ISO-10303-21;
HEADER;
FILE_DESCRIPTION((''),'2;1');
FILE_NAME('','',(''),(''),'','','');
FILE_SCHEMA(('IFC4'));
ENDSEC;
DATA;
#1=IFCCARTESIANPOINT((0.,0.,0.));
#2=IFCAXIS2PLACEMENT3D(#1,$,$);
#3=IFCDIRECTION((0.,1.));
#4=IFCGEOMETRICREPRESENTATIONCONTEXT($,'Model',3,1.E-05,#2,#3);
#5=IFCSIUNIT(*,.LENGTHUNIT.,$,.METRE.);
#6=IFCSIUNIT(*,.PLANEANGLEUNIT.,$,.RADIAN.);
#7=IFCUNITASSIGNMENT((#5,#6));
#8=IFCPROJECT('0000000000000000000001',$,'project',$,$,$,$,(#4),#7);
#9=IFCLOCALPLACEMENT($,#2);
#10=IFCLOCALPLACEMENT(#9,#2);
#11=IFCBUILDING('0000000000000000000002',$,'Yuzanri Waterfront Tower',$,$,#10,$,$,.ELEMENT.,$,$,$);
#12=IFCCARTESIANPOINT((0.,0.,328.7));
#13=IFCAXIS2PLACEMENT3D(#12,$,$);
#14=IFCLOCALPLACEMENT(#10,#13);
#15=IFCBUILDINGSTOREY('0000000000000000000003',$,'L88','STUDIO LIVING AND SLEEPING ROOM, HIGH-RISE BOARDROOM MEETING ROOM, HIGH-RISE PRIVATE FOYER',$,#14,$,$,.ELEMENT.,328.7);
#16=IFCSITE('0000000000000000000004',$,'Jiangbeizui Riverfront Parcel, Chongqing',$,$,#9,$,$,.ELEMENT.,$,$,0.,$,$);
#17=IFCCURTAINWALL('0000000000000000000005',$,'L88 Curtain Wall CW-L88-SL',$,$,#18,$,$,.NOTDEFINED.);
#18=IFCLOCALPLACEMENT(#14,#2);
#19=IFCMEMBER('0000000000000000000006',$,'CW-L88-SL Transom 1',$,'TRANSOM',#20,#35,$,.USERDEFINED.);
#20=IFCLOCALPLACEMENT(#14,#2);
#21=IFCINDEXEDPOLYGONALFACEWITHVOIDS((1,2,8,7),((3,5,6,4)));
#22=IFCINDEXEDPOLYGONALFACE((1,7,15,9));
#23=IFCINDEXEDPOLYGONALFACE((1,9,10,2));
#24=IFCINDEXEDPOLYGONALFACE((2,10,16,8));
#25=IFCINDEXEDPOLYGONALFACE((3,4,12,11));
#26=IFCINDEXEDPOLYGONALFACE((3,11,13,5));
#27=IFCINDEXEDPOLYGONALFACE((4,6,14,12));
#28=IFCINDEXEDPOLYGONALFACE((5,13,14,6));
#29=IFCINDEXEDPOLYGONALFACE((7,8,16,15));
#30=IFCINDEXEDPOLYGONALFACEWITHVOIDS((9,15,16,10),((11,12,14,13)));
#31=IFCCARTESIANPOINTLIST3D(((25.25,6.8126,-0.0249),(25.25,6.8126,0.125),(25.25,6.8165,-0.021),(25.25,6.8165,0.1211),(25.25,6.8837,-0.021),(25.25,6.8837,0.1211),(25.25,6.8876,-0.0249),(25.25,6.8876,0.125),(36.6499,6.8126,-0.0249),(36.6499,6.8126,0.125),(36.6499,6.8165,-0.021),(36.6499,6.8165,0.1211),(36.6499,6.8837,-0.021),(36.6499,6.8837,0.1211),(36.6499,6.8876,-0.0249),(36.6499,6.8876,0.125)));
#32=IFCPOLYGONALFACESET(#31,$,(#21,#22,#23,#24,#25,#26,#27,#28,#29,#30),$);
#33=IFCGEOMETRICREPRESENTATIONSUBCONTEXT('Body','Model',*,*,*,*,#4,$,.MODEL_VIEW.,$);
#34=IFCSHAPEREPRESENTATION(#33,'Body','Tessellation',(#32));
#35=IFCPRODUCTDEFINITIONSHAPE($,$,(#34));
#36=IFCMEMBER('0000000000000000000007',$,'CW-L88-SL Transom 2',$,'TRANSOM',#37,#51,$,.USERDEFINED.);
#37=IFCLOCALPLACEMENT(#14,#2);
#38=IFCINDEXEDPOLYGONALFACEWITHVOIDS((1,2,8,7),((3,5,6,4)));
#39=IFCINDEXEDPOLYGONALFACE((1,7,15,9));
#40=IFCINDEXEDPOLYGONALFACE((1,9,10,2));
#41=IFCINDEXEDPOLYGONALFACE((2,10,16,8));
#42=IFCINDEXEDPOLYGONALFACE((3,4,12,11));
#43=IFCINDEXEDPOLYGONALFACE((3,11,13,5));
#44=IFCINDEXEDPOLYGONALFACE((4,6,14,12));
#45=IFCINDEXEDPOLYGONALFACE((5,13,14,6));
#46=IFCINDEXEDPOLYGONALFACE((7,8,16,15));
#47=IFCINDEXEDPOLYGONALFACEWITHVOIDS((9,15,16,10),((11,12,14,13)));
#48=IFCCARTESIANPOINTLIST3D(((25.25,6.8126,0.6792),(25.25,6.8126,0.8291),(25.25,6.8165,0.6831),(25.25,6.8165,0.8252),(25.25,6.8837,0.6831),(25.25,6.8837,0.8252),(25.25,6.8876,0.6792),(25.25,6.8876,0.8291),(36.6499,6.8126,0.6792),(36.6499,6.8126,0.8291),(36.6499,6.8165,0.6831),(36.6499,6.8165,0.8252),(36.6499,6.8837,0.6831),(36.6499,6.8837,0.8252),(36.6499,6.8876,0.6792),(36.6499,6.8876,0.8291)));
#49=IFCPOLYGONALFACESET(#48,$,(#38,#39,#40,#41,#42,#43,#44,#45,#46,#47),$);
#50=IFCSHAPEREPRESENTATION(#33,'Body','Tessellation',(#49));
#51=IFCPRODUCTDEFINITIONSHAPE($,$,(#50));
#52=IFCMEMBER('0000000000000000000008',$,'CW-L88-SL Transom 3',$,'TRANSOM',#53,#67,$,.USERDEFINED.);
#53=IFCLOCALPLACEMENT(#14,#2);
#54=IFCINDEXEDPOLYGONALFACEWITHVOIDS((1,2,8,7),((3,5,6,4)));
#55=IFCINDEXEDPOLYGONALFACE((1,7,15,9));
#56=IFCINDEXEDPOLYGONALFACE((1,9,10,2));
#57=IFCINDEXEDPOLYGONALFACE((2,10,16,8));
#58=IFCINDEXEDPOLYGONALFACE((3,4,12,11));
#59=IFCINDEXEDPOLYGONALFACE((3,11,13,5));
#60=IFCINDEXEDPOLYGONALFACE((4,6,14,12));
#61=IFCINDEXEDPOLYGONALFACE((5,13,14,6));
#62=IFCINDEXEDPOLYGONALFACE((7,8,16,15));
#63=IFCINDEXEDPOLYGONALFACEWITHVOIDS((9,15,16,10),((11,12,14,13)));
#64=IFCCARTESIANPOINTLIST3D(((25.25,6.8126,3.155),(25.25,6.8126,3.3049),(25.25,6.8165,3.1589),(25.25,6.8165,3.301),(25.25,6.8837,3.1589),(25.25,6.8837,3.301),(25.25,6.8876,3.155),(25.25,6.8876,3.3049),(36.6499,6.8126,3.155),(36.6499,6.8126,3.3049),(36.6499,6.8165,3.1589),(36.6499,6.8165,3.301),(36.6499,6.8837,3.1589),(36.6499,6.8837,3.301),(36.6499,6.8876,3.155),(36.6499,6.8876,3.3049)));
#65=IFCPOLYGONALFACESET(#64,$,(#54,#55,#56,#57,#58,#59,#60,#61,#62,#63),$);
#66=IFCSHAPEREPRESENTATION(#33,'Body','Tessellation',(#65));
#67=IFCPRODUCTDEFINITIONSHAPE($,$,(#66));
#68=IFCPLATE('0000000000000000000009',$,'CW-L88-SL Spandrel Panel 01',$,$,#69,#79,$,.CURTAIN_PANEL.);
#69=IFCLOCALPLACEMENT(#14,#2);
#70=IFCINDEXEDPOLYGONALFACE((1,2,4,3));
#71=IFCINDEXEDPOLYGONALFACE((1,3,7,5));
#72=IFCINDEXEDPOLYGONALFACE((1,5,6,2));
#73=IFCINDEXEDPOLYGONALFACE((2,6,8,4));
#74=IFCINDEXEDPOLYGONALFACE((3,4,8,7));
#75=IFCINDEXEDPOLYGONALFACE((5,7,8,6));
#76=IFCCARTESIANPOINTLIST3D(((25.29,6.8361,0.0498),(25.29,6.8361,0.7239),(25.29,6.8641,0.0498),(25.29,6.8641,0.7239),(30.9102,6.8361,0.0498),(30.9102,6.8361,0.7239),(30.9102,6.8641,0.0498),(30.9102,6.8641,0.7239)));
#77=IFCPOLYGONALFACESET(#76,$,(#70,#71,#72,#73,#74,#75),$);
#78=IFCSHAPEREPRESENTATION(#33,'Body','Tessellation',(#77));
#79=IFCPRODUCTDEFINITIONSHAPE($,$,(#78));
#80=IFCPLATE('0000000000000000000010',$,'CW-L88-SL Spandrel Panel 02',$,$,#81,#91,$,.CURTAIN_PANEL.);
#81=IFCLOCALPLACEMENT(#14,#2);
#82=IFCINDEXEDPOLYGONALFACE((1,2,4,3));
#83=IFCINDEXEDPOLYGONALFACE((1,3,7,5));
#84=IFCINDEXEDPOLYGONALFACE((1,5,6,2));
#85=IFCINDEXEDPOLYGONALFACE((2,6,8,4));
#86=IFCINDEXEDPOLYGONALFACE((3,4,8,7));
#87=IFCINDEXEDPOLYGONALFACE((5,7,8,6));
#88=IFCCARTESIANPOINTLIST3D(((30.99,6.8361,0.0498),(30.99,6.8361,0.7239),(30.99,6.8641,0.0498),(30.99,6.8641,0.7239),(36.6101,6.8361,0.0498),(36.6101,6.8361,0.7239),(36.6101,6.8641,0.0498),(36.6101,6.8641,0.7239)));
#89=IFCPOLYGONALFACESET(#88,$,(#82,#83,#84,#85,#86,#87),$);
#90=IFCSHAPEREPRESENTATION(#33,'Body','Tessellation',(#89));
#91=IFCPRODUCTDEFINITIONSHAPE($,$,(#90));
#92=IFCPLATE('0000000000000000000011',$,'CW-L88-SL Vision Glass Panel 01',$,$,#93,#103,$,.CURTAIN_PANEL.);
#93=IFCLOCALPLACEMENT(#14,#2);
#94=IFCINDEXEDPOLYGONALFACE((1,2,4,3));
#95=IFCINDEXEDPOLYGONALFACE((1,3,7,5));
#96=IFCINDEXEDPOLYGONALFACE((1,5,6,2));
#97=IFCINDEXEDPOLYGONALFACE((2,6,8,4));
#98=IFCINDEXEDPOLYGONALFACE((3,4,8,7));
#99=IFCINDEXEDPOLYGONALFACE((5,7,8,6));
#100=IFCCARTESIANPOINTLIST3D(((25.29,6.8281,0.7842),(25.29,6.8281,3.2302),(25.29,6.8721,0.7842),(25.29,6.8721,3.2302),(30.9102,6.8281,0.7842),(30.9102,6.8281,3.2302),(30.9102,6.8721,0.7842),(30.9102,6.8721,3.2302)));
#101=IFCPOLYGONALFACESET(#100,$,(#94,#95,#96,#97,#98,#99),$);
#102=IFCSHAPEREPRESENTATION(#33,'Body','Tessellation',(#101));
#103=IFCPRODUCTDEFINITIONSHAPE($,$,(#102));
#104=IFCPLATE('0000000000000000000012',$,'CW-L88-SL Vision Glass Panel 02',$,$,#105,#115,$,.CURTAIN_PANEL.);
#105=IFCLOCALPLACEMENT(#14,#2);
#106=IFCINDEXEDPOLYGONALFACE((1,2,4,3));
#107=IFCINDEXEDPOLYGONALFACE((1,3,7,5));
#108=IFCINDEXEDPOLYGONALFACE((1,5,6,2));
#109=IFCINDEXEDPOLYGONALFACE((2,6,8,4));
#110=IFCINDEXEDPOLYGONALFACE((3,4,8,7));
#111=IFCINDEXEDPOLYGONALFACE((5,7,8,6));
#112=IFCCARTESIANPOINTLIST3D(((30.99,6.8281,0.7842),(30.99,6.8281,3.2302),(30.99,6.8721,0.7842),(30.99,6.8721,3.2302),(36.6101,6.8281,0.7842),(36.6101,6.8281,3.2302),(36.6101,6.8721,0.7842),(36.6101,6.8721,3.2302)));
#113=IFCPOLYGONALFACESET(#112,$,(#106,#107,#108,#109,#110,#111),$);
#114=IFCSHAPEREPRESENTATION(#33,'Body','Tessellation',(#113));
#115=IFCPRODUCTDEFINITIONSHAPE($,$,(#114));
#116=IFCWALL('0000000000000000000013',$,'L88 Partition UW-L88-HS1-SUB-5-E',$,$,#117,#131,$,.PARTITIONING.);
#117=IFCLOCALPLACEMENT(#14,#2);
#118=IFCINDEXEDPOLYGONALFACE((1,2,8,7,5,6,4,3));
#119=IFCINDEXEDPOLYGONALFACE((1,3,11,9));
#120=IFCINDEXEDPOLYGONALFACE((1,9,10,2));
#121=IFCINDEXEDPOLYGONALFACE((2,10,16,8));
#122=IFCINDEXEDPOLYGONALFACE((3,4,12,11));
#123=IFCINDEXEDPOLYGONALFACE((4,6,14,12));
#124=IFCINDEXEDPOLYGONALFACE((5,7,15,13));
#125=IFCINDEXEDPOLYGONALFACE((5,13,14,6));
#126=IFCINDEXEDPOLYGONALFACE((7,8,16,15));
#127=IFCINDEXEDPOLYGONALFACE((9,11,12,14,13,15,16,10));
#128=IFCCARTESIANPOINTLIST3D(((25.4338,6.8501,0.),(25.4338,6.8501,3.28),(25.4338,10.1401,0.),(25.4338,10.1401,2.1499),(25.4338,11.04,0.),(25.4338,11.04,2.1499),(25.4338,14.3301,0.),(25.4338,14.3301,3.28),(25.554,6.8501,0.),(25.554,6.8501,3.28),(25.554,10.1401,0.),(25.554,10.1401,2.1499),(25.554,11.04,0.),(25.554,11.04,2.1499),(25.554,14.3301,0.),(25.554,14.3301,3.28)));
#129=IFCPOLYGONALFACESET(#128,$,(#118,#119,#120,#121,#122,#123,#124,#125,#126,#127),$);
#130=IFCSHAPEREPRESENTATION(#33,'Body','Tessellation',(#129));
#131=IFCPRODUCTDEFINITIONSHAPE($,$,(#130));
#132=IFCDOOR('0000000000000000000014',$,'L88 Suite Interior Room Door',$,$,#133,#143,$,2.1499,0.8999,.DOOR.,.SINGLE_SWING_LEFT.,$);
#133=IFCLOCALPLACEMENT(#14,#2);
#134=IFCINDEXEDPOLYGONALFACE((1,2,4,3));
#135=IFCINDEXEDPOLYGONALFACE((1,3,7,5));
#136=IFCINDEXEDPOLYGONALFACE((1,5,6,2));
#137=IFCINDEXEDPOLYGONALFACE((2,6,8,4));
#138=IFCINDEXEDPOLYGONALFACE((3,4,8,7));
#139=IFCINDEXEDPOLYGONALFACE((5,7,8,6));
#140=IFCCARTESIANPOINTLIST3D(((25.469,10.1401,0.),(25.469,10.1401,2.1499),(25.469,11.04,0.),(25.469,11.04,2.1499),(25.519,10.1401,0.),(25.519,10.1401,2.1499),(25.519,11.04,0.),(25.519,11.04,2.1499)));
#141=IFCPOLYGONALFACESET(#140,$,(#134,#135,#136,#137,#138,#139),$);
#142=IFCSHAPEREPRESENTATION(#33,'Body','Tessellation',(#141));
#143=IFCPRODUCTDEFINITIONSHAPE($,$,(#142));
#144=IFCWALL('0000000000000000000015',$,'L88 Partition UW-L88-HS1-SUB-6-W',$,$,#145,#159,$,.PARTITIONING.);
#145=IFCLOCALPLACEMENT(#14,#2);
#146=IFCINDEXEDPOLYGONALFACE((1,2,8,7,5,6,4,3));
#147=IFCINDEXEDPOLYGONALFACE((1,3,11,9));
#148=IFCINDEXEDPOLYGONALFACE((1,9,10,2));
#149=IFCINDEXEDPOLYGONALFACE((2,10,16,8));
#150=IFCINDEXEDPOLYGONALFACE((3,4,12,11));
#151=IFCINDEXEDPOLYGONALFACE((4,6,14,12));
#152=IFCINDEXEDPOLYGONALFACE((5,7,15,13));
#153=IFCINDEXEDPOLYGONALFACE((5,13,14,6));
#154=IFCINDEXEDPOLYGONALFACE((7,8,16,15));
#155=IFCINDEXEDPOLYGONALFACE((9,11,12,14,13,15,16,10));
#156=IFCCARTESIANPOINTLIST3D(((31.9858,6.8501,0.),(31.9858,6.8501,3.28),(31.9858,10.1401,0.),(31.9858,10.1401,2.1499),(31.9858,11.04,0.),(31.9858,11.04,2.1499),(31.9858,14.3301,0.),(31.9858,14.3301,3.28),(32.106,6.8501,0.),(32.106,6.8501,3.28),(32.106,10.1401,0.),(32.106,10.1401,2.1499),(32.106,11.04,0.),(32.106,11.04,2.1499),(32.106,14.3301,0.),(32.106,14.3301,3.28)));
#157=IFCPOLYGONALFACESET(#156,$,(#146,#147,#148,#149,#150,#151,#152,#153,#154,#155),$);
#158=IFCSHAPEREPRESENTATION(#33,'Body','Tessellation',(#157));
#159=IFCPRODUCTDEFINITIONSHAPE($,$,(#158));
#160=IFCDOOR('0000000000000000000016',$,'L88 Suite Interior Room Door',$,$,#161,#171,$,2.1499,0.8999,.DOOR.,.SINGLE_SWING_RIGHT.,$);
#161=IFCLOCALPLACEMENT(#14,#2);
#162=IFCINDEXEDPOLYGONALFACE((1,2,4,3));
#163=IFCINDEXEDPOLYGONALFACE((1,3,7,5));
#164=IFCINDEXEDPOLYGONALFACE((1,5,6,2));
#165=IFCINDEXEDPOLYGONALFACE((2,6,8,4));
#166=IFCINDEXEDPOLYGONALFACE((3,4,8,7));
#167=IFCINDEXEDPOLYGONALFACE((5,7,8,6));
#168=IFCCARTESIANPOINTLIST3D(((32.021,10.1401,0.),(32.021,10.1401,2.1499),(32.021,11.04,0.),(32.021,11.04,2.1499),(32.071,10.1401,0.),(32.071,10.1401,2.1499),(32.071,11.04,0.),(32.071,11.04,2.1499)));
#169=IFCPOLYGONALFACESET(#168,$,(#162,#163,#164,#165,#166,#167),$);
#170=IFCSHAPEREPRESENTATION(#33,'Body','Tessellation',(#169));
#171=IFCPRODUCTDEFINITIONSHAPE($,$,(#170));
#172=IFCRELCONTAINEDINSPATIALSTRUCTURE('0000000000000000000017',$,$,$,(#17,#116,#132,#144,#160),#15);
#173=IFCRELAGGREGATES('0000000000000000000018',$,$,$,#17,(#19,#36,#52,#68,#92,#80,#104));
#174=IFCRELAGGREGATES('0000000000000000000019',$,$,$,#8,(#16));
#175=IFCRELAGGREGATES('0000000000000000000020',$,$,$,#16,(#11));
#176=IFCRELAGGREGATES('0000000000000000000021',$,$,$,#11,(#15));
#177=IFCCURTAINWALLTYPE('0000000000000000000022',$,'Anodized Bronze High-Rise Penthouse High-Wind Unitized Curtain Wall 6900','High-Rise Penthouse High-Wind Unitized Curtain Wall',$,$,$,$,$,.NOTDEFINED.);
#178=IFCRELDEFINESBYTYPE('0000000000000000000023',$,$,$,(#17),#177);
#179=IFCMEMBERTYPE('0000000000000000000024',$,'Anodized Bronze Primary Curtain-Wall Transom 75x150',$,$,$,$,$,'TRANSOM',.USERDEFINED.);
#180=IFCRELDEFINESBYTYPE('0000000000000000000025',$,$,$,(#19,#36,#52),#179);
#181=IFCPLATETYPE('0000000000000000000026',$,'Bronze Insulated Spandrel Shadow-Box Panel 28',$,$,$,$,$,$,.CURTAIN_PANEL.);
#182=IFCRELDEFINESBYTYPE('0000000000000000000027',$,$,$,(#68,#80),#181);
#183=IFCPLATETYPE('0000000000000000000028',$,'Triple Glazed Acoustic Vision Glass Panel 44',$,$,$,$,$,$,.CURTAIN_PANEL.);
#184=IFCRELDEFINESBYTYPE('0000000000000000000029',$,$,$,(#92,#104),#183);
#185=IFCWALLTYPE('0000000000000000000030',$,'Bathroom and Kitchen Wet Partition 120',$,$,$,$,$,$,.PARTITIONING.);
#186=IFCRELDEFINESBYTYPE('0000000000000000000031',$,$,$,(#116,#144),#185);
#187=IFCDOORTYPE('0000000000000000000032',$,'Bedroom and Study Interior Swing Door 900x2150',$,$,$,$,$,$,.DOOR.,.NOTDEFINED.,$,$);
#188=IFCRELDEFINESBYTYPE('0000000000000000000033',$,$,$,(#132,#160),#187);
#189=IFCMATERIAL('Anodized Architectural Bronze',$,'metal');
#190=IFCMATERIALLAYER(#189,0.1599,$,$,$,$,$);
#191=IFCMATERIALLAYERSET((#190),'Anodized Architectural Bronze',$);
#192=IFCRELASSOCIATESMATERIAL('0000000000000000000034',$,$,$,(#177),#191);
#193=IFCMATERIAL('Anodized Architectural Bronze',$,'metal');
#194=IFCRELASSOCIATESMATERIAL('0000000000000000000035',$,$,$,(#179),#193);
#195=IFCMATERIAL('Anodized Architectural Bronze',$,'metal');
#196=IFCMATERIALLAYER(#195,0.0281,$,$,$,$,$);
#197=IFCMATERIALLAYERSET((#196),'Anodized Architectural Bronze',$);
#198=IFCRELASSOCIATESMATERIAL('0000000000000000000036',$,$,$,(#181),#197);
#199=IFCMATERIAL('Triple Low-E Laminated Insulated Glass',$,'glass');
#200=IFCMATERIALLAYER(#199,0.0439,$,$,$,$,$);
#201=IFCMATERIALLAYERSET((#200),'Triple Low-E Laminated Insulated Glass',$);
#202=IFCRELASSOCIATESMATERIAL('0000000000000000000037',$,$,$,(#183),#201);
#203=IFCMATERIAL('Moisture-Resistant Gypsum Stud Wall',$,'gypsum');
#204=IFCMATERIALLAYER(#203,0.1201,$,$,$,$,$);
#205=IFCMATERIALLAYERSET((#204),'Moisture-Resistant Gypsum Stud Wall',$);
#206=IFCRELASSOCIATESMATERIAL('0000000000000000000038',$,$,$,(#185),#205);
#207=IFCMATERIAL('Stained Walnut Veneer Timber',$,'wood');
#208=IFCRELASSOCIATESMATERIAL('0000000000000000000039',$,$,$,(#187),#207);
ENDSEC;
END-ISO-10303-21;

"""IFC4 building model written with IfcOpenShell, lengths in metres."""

from ifc_helpers import new_model, si_unit, direction, frame, frame_2d, origin, origin_2d, place, context, subcontext, project, spatial, rectangle, hollow_rectangle, extrude, source, transform, mapped, material, layer, layer_set, material_profile, profile_set, type_object, element, fill, aggregate, save


model = new_model("IFC4")

# Units and contexts
model_context = context("Model", 3, precision=1e-05, world=origin(), true_north=direction((0.0, 1.0)))
body_context = subcontext(model_context, "Body", "Model", "MODEL_VIEW")
ifc_project = project(units=[si_unit("LENGTHUNIT", "METRE"), si_unit("PLANEANGLEUNIT", "RADIAN")], contexts=[model_context])

# Site, building, storey
site_placement = place(None, origin())
site = spatial("IfcSite", under=ifc_project, at=site_placement, Name="Jiangbeizui Riverfront Parcel, Chongqing", CompositionType="ELEMENT", RefElevation=0.0)
building_placement = place(site_placement, origin())
building = spatial("IfcBuilding", under=site, at=building_placement, Name="Yuzanri Waterfront Tower", CompositionType="ELEMENT")
storey_placement = place(building_placement, frame((0.0, 0.0, 328.7)))
storey = spatial("IfcBuildingStorey", under=building, at=storey_placement, Name="L88", Description="STUDIO LIVING AND SLEEPING ROOM, HIGH-RISE BOARDROOM MEETING ROOM, HIGH-RISE PRIVATE FOYER", CompositionType="ELEMENT", Elevation=328.7)

# Curtain wall, members, plates
ifc_material_1 = material(Name="Anodized Architectural Bronze", Category="metal")
ifc_layer_1 = layer(ifc_material_1, 0.1599)
ifc_layer_set_1 = layer_set([ifc_layer_1], Name="Anodized Architectural Bronze")
curtain_wall_type = type_object("IfcCurtainWallType", Name="Anodized Bronze High-Rise Penthouse High-Wind Unitized Curtain Wall 6900", Description="High-Rise Penthouse High-Wind Unitized Curtain Wall", PredefinedType="NOTDEFINED", material=ifc_layer_set_1)
curtain_wall_placement = place(storey_placement, origin())
curtain_wall = element("IfcCurtainWall", 1, at=curtain_wall_placement, inside=storey, type_object=curtain_wall_type, Name="L88 Curtain Wall CW-L88-SL", PredefinedType="NOTDEFINED")
ifc_material_2 = material(Name="Anodized Architectural Bronze", Category="metal")
ifc_material_profile_1 = material_profile(ifc_material_2, hollow_rectangle(XDim=0.075, YDim=0.1499, WallThickness=0.0039, at=origin_2d()), Name="CWT 75x150")
ifc_profile_set_1 = profile_set([ifc_material_profile_1], Name="Anodized Architectural Bronze")
member_type_1 = type_object("IfcMemberType", Name="Anodized Bronze Primary Curtain-Wall Transom 75x150", ElementType="TRANSOM", PredefinedType="USERDEFINED", material=ifc_profile_set_1)
shared_shape_1 = source(origin(), body_context, "Body", "SweptSolid", [
    extrude(hollow_rectangle(XDim=0.075, YDim=0.1499, WallThickness=0.0039, at=origin_2d()), origin(), (0.0, 0.0, 1.0), 11.3999),
])
member_1_placement = place(storey_placement, frame((25.25, 6.8501, 0.05), z_axis=(1.0, 0.0, 0.0), x_axis=(0.0, 1.0, 0.0)))
member_1 = element("IfcMember", 2, at=member_1_placement, type_object=member_type_1, Name="CW-L88-SL Transom 1", ObjectType="TRANSOM", PredefinedType="USERDEFINED", context=body_context, shape_type="MappedRepresentation", body=[
    mapped(shared_shape_1, transform((0.0, 0.0, 0.0), scale=1.0)),
])
member_2_placement = place(storey_placement, frame((25.25, 6.8501, 0.7542), z_axis=(1.0, 0.0, 0.0), x_axis=(0.0, 1.0, 0.0)))
member_2 = element("IfcMember", 3, at=member_2_placement, type_object=member_type_1, Name="CW-L88-SL Transom 2", ObjectType="TRANSOM", PredefinedType="USERDEFINED", context=body_context, shape_type="MappedRepresentation", body=[
    mapped(shared_shape_1, transform((0.0, 0.0, 0.0), scale=1.0)),
])
member_3_placement = place(storey_placement, frame((25.25, 6.8501, 3.23), z_axis=(1.0, 0.0, 0.0), x_axis=(0.0, 1.0, 0.0)))
member_3 = element("IfcMember", 4, at=member_3_placement, type_object=member_type_1, Name="CW-L88-SL Transom 3", ObjectType="TRANSOM", PredefinedType="USERDEFINED", context=body_context, shape_type="MappedRepresentation", body=[
    mapped(shared_shape_1, transform((0.0, 0.0, 0.0), scale=1.0)),
])
ifc_material_3 = material(Name="Anodized Architectural Bronze", Category="metal")
ifc_layer_2 = layer(ifc_material_3, 0.0281)
ifc_layer_set_2 = layer_set([ifc_layer_2], Name="Anodized Architectural Bronze")
plate_type_1 = type_object("IfcPlateType", Name="Bronze Insulated Spandrel Shadow-Box Panel 28", PredefinedType="CURTAIN_PANEL", material=ifc_layer_set_2)
shared_shape_2 = source(origin(), body_context, "Body", "SweptSolid", [
    extrude(rectangle(XDim=5.6201, YDim=0.0281, at=origin_2d()), origin(), (0.0, 0.0, 1.0), 0.6741),
])
plate_1_placement = place(storey_placement, frame((28.1001, 6.8501, 0.0498), z_axis=(0.0, 0.0, 1.0), x_axis=(1.0, 0.0, 0.0)))
plate_1 = element("IfcPlate", 5, at=plate_1_placement, type_object=plate_type_1, Name="CW-L88-SL Spandrel Panel 01", PredefinedType="CURTAIN_PANEL", context=body_context, shape_type="MappedRepresentation", body=[
    mapped(shared_shape_2, transform((0.0, 0.0, 0.0), scale=1.0)),
])
plate_2_placement = place(storey_placement, frame((33.8, 6.8501, 0.0498), z_axis=(0.0, 0.0, 1.0), x_axis=(1.0, 0.0, 0.0)))
plate_2 = element("IfcPlate", 6, at=plate_2_placement, type_object=plate_type_1, Name="CW-L88-SL Spandrel Panel 02", PredefinedType="CURTAIN_PANEL", context=body_context, shape_type="MappedRepresentation", body=[
    mapped(shared_shape_2, transform((0.0, 0.0, 0.0), scale=1.0)),
])
ifc_material_4 = material(Name="Triple Low-E Laminated Insulated Glass", Category="glass")
ifc_layer_3 = layer(ifc_material_4, 0.0439)
ifc_layer_set_3 = layer_set([ifc_layer_3], Name="Triple Low-E Laminated Insulated Glass")
plate_type_2 = type_object("IfcPlateType", Name="Triple Glazed Acoustic Vision Glass Panel 44", PredefinedType="CURTAIN_PANEL", material=ifc_layer_set_3)
shared_shape_3 = source(origin(), body_context, "Body", "SweptSolid", [
    extrude(rectangle(XDim=5.6201, YDim=0.0439, at=origin_2d()), origin(), (0.0, 0.0, 1.0), 2.446),
])
plate_3_placement = place(storey_placement, frame((28.1001, 6.8501, 0.7842), z_axis=(0.0, 0.0, 1.0), x_axis=(1.0, 0.0, 0.0)))
plate_3 = element("IfcPlate", 7, at=plate_3_placement, type_object=plate_type_2, Name="CW-L88-SL Vision Glass Panel 01", PredefinedType="CURTAIN_PANEL", context=body_context, shape_type="MappedRepresentation", body=[
    mapped(shared_shape_3, transform((0.0, 0.0, 0.0), scale=1.0)),
])
plate_4_placement = place(storey_placement, frame((33.8, 6.8501, 0.7842), z_axis=(0.0, 0.0, 1.0), x_axis=(1.0, 0.0, 0.0)))
plate_4 = element("IfcPlate", 8, at=plate_4_placement, type_object=plate_type_2, Name="CW-L88-SL Vision Glass Panel 02", PredefinedType="CURTAIN_PANEL", context=body_context, shape_type="MappedRepresentation", body=[
    mapped(shared_shape_3, transform((0.0, 0.0, 0.0), scale=1.0)),
])
aggregate(curtain_wall, [member_1, member_2, member_3, plate_1, plate_3, plate_2, plate_4])

# Walls, openings, doors
ifc_material_5 = material(Name="Moisture-Resistant Gypsum Stud Wall", Category="gypsum")
ifc_layer_4 = layer(ifc_material_5, 0.1201)
ifc_layer_set_4 = layer_set([ifc_layer_4], Name="Moisture-Resistant Gypsum Stud Wall")
wall_type = type_object("IfcWallType", Name="Bathroom and Kitchen Wet Partition 120", PredefinedType="PARTITIONING", material=ifc_layer_set_4)
wall_1_placement = place(storey_placement, frame((25.4939, 6.8501, 0.0), z_axis=(0.0, 0.0, 1.0), x_axis=(0.0, 1.0, 0.0)))
wall_1 = element("IfcWall", 9, at=wall_1_placement, inside=storey, type_object=wall_type, Name="L88 Partition UW-L88-HS1-SUB-5-E", PredefinedType="PARTITIONING", context=body_context, shape_type="SweptSolid", body=[
    extrude(rectangle(XDim=7.48, YDim=0.1201, at=frame_2d((3.74, 0.0))), origin(), (0.0, 0.0, 1.0), 3.28),
])
opening_1_placement = place(wall_1_placement, frame((3.29, 0.0, 0.0)))
opening_1 = element("IfcOpeningElement", 10, at=opening_1_placement, cuts=wall_1, PredefinedType="OPENING", context=body_context, shape_type="SweptSolid", body=[
    extrude(rectangle(XDim=0.8999, YDim=2.1499, at=frame_2d((0.45, 1.075))), frame((0.0, 0.075, 0.0), z_axis=(0.0, -1.0, 0.0), x_axis=(1.0, 0.0, 0.0)), (0.0, 0.0, 1.0), 0.1499),
])
ifc_material_6 = material(Name="Stained Walnut Veneer Timber", Category="wood")
door_type = type_object("IfcDoorType", Name="Bedroom and Study Interior Swing Door 900x2150", OperationType="NOTDEFINED", PredefinedType="DOOR", material=ifc_material_6)
shared_shape_4 = source(origin(), body_context, "Body", "SweptSolid", [
    extrude(rectangle(XDim=0.8999, YDim=2.1499, at=frame_2d((0.45, 1.075))), frame((0.0, 0.0249, 0.0), z_axis=(0.0, -1.0, 0.0), x_axis=(1.0, 0.0, 0.0)), (0.0, 0.0, 1.0), 0.05),
])
door_1_placement = place(opening_1_placement, origin())
door_1 = element("IfcDoor", 11, at=door_1_placement, inside=storey, type_object=door_type, Name="L88 Suite Interior Room Door", OperationType="SINGLE_SWING_LEFT", OverallHeight=2.1499, OverallWidth=0.8999, PredefinedType="DOOR", context=body_context, shape_type="MappedRepresentation", body=[
    mapped(shared_shape_4, transform((0.0, 0.0, 0.0), scale=1.0)),
])
fill(opening_1, door_1)
wall_2_placement = place(storey_placement, frame((32.0459, 6.8501, 0.0), z_axis=(0.0, 0.0, 1.0), x_axis=(0.0, 1.0, 0.0)))
wall_2 = element("IfcWall", 12, at=wall_2_placement, inside=storey, type_object=wall_type, Name="L88 Partition UW-L88-HS1-SUB-6-W", PredefinedType="PARTITIONING", context=body_context, shape_type="SweptSolid", body=[
    extrude(rectangle(XDim=7.48, YDim=0.1201, at=frame_2d((3.74, 0.0))), origin(), (0.0, 0.0, 1.0), 3.28),
])
opening_2_placement = place(wall_2_placement, frame((3.29, 0.0, 0.0)))
opening_2 = element("IfcOpeningElement", 13, at=opening_2_placement, cuts=wall_2, PredefinedType="OPENING", context=body_context, shape_type="SweptSolid", body=[
    extrude(rectangle(XDim=0.8999, YDim=2.1499, at=frame_2d((0.45, 1.075))), frame((0.0, 0.075, 0.0), z_axis=(0.0, -1.0, 0.0), x_axis=(1.0, 0.0, 0.0)), (0.0, 0.0, 1.0), 0.1499),
])
door_2_placement = place(opening_2_placement, origin())
door_2 = element("IfcDoor", 14, at=door_2_placement, inside=storey, type_object=door_type, Name="L88 Suite Interior Room Door", OperationType="SINGLE_SWING_RIGHT", OverallHeight=2.1499, OverallWidth=0.8999, PredefinedType="DOOR", context=body_context, shape_type="MappedRepresentation", body=[
    mapped(shared_shape_4, transform((0.0, 0.0, 0.0), scale=1.0)),
])
fill(opening_2, door_2)

save(model, "model.ifc")
